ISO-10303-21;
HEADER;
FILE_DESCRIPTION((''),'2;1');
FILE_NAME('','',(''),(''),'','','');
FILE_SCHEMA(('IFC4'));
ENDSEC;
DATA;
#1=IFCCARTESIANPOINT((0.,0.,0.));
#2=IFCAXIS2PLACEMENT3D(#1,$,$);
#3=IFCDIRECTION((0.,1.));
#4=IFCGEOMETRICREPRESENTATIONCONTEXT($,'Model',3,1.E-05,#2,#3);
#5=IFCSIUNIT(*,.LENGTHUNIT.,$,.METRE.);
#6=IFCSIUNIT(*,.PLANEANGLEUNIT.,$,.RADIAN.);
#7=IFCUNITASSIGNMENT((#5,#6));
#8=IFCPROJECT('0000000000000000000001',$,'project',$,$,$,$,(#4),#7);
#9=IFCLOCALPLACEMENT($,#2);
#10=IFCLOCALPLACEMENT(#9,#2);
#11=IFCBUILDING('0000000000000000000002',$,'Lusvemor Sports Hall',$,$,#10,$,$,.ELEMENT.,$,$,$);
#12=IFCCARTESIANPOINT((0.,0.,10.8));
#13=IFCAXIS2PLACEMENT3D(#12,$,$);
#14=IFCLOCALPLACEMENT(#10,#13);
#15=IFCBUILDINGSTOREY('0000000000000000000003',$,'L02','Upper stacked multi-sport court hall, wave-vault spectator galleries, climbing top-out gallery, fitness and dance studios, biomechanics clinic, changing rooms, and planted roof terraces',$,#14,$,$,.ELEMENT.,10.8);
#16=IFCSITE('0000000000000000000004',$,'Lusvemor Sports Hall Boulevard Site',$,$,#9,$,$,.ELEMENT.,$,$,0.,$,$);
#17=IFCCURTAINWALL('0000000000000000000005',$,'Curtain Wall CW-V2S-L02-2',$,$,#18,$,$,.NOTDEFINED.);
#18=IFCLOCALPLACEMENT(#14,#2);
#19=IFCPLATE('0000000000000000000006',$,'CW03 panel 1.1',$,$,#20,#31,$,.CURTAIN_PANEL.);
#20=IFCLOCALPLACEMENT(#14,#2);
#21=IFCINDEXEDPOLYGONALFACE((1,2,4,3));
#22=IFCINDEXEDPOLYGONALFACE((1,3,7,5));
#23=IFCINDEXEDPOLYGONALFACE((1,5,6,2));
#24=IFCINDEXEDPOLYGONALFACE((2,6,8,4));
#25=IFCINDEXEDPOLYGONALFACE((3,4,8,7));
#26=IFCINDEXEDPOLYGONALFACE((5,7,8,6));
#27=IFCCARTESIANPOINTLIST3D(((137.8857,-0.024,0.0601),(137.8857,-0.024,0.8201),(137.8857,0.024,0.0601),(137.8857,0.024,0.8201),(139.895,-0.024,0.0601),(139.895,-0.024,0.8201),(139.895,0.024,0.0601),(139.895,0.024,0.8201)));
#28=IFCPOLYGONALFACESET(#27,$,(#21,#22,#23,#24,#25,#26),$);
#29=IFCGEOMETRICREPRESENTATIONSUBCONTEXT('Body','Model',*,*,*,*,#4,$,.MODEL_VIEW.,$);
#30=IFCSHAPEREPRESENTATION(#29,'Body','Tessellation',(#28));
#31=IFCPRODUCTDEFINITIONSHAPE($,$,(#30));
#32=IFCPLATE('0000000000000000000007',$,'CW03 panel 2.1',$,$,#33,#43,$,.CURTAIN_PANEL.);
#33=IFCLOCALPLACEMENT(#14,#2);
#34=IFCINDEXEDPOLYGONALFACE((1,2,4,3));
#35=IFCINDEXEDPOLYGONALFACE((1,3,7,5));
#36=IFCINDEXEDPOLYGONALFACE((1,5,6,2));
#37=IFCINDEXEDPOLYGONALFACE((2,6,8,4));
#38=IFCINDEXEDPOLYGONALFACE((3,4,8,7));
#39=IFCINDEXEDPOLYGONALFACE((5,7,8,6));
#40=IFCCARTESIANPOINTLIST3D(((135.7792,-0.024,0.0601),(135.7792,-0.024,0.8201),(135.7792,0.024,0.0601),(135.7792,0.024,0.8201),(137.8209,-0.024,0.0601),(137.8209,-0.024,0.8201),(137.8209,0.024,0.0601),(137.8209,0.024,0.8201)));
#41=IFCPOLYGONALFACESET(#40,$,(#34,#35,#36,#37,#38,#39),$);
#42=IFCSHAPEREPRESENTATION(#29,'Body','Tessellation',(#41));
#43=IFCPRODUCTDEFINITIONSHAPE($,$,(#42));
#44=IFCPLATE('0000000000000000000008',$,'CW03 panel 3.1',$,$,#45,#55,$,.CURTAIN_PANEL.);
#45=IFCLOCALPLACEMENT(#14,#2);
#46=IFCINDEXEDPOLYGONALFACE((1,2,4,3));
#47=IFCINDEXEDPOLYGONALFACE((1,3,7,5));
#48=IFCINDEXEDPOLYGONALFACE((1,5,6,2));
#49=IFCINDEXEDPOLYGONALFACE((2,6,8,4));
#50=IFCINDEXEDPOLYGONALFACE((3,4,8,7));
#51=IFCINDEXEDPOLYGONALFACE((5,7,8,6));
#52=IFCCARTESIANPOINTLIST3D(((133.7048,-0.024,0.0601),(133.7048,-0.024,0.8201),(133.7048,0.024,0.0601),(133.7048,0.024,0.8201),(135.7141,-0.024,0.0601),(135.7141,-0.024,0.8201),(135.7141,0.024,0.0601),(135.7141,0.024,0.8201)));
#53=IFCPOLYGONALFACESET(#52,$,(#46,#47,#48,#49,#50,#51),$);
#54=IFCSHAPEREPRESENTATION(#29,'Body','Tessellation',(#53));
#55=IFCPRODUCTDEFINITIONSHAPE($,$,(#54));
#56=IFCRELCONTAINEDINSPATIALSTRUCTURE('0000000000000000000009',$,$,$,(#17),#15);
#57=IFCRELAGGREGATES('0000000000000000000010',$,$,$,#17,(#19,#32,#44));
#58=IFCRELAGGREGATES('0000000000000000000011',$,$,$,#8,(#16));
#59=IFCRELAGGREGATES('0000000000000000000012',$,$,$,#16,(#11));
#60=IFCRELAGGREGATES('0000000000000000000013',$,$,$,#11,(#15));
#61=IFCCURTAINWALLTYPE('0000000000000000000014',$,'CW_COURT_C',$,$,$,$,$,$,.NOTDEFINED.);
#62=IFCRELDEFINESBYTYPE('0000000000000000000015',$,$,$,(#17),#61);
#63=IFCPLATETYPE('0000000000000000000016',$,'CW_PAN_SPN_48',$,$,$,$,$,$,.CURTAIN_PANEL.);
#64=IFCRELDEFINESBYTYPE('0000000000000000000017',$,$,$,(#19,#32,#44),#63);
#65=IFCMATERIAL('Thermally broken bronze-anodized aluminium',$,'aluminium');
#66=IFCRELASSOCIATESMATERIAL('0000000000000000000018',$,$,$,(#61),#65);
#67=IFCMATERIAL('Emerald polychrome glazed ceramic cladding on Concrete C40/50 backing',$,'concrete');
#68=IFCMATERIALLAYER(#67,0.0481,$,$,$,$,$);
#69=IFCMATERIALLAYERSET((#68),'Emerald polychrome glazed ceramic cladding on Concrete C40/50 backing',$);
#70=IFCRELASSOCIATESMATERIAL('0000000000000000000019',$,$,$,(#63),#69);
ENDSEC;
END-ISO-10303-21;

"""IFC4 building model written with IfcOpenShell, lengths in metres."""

from ifc_helpers import new_model, si_unit, direction, frame, origin, origin_2d, place, context, subcontext, project, spatial, rectangle, extrude, material, layer, layer_set, type_object, element, aggregate, save


model = new_model("IFC4")

# Units and contexts
model_context = context("Model", 3, precision=1e-05, world=origin(), true_north=direction((0.0, 1.0)))
body_context = subcontext(model_context, "Body", "Model", "MODEL_VIEW")
ifc_project = project(units=[si_unit("LENGTHUNIT", "METRE"), si_unit("PLANEANGLEUNIT", "RADIAN")], contexts=[model_context])

# Site, building, storey
site_placement = place(None, origin())
site = spatial("IfcSite", under=ifc_project, at=site_placement, Name="Lusvemor Sports Hall Boulevard Site", CompositionType="ELEMENT", RefElevation=0.0)
building_placement = place(site_placement, origin())
building = spatial("IfcBuilding", under=site, at=building_placement, Name="Lusvemor Sports Hall", CompositionType="ELEMENT")
storey_placement = place(building_placement, frame((0.0, 0.0, 10.8)))
storey = spatial("IfcBuildingStorey", under=building, at=storey_placement, Name="L02", Description="Upper stacked multi-sport court hall, wave-vault spectator galleries, climbing top-out gallery, fitness and dance studios, biomechanics clinic, changing rooms, and planted roof terraces", CompositionType="ELEMENT", Elevation=10.8)

# Shared definitions
ifc_material_1 = material(Name="Thermally broken bronze-anodized aluminium", Category="aluminium")
curtain_wall_type = type_object("IfcCurtainWallType", Name="CW_COURT_C", PredefinedType="NOTDEFINED", material=ifc_material_1)

# Curtain wall
curtain_wall_1_placement = place(storey_placement, origin())
curtain_wall_1 = element("IfcCurtainWall", 1, at=curtain_wall_1_placement, inside=storey, type_object=curtain_wall_type, Name="Curtain Wall CW-V2S-L02-2", PredefinedType="NOTDEFINED")

# Plates
ifc_material_2 = material(Name="Emerald polychrome glazed ceramic cladding on Concrete C40/50 backing", Category="concrete")
ifc_layer_1 = layer(ifc_material_2, 0.0481)
ifc_layer_set_1 = layer_set([ifc_layer_1], Name="Emerald polychrome glazed ceramic cladding on Concrete C40/50 backing")
plate_type_1 = type_object("IfcPlateType", Name="CW_PAN_SPN_48", PredefinedType="CURTAIN_PANEL", material=ifc_layer_set_1)
plate_1_placement = place(storey_placement, frame((138.8904, 0.0, 0.0601), z_axis=(0.0, 0.0, 1.0), x_axis=(-1.0, 0.0, 0.0)))
plate_1 = element("IfcPlate", 2, at=plate_1_placement, type_object=plate_type_1, Name="CW03 panel 1.1", PredefinedType="CURTAIN_PANEL", context=body_context, shape_type="SweptSolid", body=[
    extrude(rectangle(XDim=2.0093, YDim=0.0481, at=origin_2d()), origin(), (0.0, 0.0, 1.0), 0.76),
])
plate_2_placement = place(storey_placement, frame((136.8, 0.0, 0.0601), z_axis=(0.0, 0.0, 1.0), x_axis=(-1.0, 0.0, 0.0)))
plate_2 = element("IfcPlate", 3, at=plate_2_placement, type_object=plate_type_1, Name="CW03 panel 2.1", PredefinedType="CURTAIN_PANEL", context=body_context, shape_type="SweptSolid", body=[
    extrude(rectangle(XDim=2.0417, YDim=0.0481, at=origin_2d()), origin(), (0.0, 0.0, 1.0), 0.76),
])
plate_3_placement = place(storey_placement, frame((134.7095, 0.0, 0.0601), z_axis=(0.0, 0.0, 1.0), x_axis=(-1.0, 0.0, 0.0)))
plate_3 = element("IfcPlate", 4, at=plate_3_placement, type_object=plate_type_1, Name="CW03 panel 3.1", PredefinedType="CURTAIN_PANEL", context=body_context, shape_type="SweptSolid", body=[
    extrude(rectangle(XDim=2.0093, YDim=0.0481, at=origin_2d()), origin(), (0.0, 0.0, 1.0), 0.76),
])
aggregate(curtain_wall_1, [plate_1, plate_2, plate_3])

save(model, "model.ifc")
